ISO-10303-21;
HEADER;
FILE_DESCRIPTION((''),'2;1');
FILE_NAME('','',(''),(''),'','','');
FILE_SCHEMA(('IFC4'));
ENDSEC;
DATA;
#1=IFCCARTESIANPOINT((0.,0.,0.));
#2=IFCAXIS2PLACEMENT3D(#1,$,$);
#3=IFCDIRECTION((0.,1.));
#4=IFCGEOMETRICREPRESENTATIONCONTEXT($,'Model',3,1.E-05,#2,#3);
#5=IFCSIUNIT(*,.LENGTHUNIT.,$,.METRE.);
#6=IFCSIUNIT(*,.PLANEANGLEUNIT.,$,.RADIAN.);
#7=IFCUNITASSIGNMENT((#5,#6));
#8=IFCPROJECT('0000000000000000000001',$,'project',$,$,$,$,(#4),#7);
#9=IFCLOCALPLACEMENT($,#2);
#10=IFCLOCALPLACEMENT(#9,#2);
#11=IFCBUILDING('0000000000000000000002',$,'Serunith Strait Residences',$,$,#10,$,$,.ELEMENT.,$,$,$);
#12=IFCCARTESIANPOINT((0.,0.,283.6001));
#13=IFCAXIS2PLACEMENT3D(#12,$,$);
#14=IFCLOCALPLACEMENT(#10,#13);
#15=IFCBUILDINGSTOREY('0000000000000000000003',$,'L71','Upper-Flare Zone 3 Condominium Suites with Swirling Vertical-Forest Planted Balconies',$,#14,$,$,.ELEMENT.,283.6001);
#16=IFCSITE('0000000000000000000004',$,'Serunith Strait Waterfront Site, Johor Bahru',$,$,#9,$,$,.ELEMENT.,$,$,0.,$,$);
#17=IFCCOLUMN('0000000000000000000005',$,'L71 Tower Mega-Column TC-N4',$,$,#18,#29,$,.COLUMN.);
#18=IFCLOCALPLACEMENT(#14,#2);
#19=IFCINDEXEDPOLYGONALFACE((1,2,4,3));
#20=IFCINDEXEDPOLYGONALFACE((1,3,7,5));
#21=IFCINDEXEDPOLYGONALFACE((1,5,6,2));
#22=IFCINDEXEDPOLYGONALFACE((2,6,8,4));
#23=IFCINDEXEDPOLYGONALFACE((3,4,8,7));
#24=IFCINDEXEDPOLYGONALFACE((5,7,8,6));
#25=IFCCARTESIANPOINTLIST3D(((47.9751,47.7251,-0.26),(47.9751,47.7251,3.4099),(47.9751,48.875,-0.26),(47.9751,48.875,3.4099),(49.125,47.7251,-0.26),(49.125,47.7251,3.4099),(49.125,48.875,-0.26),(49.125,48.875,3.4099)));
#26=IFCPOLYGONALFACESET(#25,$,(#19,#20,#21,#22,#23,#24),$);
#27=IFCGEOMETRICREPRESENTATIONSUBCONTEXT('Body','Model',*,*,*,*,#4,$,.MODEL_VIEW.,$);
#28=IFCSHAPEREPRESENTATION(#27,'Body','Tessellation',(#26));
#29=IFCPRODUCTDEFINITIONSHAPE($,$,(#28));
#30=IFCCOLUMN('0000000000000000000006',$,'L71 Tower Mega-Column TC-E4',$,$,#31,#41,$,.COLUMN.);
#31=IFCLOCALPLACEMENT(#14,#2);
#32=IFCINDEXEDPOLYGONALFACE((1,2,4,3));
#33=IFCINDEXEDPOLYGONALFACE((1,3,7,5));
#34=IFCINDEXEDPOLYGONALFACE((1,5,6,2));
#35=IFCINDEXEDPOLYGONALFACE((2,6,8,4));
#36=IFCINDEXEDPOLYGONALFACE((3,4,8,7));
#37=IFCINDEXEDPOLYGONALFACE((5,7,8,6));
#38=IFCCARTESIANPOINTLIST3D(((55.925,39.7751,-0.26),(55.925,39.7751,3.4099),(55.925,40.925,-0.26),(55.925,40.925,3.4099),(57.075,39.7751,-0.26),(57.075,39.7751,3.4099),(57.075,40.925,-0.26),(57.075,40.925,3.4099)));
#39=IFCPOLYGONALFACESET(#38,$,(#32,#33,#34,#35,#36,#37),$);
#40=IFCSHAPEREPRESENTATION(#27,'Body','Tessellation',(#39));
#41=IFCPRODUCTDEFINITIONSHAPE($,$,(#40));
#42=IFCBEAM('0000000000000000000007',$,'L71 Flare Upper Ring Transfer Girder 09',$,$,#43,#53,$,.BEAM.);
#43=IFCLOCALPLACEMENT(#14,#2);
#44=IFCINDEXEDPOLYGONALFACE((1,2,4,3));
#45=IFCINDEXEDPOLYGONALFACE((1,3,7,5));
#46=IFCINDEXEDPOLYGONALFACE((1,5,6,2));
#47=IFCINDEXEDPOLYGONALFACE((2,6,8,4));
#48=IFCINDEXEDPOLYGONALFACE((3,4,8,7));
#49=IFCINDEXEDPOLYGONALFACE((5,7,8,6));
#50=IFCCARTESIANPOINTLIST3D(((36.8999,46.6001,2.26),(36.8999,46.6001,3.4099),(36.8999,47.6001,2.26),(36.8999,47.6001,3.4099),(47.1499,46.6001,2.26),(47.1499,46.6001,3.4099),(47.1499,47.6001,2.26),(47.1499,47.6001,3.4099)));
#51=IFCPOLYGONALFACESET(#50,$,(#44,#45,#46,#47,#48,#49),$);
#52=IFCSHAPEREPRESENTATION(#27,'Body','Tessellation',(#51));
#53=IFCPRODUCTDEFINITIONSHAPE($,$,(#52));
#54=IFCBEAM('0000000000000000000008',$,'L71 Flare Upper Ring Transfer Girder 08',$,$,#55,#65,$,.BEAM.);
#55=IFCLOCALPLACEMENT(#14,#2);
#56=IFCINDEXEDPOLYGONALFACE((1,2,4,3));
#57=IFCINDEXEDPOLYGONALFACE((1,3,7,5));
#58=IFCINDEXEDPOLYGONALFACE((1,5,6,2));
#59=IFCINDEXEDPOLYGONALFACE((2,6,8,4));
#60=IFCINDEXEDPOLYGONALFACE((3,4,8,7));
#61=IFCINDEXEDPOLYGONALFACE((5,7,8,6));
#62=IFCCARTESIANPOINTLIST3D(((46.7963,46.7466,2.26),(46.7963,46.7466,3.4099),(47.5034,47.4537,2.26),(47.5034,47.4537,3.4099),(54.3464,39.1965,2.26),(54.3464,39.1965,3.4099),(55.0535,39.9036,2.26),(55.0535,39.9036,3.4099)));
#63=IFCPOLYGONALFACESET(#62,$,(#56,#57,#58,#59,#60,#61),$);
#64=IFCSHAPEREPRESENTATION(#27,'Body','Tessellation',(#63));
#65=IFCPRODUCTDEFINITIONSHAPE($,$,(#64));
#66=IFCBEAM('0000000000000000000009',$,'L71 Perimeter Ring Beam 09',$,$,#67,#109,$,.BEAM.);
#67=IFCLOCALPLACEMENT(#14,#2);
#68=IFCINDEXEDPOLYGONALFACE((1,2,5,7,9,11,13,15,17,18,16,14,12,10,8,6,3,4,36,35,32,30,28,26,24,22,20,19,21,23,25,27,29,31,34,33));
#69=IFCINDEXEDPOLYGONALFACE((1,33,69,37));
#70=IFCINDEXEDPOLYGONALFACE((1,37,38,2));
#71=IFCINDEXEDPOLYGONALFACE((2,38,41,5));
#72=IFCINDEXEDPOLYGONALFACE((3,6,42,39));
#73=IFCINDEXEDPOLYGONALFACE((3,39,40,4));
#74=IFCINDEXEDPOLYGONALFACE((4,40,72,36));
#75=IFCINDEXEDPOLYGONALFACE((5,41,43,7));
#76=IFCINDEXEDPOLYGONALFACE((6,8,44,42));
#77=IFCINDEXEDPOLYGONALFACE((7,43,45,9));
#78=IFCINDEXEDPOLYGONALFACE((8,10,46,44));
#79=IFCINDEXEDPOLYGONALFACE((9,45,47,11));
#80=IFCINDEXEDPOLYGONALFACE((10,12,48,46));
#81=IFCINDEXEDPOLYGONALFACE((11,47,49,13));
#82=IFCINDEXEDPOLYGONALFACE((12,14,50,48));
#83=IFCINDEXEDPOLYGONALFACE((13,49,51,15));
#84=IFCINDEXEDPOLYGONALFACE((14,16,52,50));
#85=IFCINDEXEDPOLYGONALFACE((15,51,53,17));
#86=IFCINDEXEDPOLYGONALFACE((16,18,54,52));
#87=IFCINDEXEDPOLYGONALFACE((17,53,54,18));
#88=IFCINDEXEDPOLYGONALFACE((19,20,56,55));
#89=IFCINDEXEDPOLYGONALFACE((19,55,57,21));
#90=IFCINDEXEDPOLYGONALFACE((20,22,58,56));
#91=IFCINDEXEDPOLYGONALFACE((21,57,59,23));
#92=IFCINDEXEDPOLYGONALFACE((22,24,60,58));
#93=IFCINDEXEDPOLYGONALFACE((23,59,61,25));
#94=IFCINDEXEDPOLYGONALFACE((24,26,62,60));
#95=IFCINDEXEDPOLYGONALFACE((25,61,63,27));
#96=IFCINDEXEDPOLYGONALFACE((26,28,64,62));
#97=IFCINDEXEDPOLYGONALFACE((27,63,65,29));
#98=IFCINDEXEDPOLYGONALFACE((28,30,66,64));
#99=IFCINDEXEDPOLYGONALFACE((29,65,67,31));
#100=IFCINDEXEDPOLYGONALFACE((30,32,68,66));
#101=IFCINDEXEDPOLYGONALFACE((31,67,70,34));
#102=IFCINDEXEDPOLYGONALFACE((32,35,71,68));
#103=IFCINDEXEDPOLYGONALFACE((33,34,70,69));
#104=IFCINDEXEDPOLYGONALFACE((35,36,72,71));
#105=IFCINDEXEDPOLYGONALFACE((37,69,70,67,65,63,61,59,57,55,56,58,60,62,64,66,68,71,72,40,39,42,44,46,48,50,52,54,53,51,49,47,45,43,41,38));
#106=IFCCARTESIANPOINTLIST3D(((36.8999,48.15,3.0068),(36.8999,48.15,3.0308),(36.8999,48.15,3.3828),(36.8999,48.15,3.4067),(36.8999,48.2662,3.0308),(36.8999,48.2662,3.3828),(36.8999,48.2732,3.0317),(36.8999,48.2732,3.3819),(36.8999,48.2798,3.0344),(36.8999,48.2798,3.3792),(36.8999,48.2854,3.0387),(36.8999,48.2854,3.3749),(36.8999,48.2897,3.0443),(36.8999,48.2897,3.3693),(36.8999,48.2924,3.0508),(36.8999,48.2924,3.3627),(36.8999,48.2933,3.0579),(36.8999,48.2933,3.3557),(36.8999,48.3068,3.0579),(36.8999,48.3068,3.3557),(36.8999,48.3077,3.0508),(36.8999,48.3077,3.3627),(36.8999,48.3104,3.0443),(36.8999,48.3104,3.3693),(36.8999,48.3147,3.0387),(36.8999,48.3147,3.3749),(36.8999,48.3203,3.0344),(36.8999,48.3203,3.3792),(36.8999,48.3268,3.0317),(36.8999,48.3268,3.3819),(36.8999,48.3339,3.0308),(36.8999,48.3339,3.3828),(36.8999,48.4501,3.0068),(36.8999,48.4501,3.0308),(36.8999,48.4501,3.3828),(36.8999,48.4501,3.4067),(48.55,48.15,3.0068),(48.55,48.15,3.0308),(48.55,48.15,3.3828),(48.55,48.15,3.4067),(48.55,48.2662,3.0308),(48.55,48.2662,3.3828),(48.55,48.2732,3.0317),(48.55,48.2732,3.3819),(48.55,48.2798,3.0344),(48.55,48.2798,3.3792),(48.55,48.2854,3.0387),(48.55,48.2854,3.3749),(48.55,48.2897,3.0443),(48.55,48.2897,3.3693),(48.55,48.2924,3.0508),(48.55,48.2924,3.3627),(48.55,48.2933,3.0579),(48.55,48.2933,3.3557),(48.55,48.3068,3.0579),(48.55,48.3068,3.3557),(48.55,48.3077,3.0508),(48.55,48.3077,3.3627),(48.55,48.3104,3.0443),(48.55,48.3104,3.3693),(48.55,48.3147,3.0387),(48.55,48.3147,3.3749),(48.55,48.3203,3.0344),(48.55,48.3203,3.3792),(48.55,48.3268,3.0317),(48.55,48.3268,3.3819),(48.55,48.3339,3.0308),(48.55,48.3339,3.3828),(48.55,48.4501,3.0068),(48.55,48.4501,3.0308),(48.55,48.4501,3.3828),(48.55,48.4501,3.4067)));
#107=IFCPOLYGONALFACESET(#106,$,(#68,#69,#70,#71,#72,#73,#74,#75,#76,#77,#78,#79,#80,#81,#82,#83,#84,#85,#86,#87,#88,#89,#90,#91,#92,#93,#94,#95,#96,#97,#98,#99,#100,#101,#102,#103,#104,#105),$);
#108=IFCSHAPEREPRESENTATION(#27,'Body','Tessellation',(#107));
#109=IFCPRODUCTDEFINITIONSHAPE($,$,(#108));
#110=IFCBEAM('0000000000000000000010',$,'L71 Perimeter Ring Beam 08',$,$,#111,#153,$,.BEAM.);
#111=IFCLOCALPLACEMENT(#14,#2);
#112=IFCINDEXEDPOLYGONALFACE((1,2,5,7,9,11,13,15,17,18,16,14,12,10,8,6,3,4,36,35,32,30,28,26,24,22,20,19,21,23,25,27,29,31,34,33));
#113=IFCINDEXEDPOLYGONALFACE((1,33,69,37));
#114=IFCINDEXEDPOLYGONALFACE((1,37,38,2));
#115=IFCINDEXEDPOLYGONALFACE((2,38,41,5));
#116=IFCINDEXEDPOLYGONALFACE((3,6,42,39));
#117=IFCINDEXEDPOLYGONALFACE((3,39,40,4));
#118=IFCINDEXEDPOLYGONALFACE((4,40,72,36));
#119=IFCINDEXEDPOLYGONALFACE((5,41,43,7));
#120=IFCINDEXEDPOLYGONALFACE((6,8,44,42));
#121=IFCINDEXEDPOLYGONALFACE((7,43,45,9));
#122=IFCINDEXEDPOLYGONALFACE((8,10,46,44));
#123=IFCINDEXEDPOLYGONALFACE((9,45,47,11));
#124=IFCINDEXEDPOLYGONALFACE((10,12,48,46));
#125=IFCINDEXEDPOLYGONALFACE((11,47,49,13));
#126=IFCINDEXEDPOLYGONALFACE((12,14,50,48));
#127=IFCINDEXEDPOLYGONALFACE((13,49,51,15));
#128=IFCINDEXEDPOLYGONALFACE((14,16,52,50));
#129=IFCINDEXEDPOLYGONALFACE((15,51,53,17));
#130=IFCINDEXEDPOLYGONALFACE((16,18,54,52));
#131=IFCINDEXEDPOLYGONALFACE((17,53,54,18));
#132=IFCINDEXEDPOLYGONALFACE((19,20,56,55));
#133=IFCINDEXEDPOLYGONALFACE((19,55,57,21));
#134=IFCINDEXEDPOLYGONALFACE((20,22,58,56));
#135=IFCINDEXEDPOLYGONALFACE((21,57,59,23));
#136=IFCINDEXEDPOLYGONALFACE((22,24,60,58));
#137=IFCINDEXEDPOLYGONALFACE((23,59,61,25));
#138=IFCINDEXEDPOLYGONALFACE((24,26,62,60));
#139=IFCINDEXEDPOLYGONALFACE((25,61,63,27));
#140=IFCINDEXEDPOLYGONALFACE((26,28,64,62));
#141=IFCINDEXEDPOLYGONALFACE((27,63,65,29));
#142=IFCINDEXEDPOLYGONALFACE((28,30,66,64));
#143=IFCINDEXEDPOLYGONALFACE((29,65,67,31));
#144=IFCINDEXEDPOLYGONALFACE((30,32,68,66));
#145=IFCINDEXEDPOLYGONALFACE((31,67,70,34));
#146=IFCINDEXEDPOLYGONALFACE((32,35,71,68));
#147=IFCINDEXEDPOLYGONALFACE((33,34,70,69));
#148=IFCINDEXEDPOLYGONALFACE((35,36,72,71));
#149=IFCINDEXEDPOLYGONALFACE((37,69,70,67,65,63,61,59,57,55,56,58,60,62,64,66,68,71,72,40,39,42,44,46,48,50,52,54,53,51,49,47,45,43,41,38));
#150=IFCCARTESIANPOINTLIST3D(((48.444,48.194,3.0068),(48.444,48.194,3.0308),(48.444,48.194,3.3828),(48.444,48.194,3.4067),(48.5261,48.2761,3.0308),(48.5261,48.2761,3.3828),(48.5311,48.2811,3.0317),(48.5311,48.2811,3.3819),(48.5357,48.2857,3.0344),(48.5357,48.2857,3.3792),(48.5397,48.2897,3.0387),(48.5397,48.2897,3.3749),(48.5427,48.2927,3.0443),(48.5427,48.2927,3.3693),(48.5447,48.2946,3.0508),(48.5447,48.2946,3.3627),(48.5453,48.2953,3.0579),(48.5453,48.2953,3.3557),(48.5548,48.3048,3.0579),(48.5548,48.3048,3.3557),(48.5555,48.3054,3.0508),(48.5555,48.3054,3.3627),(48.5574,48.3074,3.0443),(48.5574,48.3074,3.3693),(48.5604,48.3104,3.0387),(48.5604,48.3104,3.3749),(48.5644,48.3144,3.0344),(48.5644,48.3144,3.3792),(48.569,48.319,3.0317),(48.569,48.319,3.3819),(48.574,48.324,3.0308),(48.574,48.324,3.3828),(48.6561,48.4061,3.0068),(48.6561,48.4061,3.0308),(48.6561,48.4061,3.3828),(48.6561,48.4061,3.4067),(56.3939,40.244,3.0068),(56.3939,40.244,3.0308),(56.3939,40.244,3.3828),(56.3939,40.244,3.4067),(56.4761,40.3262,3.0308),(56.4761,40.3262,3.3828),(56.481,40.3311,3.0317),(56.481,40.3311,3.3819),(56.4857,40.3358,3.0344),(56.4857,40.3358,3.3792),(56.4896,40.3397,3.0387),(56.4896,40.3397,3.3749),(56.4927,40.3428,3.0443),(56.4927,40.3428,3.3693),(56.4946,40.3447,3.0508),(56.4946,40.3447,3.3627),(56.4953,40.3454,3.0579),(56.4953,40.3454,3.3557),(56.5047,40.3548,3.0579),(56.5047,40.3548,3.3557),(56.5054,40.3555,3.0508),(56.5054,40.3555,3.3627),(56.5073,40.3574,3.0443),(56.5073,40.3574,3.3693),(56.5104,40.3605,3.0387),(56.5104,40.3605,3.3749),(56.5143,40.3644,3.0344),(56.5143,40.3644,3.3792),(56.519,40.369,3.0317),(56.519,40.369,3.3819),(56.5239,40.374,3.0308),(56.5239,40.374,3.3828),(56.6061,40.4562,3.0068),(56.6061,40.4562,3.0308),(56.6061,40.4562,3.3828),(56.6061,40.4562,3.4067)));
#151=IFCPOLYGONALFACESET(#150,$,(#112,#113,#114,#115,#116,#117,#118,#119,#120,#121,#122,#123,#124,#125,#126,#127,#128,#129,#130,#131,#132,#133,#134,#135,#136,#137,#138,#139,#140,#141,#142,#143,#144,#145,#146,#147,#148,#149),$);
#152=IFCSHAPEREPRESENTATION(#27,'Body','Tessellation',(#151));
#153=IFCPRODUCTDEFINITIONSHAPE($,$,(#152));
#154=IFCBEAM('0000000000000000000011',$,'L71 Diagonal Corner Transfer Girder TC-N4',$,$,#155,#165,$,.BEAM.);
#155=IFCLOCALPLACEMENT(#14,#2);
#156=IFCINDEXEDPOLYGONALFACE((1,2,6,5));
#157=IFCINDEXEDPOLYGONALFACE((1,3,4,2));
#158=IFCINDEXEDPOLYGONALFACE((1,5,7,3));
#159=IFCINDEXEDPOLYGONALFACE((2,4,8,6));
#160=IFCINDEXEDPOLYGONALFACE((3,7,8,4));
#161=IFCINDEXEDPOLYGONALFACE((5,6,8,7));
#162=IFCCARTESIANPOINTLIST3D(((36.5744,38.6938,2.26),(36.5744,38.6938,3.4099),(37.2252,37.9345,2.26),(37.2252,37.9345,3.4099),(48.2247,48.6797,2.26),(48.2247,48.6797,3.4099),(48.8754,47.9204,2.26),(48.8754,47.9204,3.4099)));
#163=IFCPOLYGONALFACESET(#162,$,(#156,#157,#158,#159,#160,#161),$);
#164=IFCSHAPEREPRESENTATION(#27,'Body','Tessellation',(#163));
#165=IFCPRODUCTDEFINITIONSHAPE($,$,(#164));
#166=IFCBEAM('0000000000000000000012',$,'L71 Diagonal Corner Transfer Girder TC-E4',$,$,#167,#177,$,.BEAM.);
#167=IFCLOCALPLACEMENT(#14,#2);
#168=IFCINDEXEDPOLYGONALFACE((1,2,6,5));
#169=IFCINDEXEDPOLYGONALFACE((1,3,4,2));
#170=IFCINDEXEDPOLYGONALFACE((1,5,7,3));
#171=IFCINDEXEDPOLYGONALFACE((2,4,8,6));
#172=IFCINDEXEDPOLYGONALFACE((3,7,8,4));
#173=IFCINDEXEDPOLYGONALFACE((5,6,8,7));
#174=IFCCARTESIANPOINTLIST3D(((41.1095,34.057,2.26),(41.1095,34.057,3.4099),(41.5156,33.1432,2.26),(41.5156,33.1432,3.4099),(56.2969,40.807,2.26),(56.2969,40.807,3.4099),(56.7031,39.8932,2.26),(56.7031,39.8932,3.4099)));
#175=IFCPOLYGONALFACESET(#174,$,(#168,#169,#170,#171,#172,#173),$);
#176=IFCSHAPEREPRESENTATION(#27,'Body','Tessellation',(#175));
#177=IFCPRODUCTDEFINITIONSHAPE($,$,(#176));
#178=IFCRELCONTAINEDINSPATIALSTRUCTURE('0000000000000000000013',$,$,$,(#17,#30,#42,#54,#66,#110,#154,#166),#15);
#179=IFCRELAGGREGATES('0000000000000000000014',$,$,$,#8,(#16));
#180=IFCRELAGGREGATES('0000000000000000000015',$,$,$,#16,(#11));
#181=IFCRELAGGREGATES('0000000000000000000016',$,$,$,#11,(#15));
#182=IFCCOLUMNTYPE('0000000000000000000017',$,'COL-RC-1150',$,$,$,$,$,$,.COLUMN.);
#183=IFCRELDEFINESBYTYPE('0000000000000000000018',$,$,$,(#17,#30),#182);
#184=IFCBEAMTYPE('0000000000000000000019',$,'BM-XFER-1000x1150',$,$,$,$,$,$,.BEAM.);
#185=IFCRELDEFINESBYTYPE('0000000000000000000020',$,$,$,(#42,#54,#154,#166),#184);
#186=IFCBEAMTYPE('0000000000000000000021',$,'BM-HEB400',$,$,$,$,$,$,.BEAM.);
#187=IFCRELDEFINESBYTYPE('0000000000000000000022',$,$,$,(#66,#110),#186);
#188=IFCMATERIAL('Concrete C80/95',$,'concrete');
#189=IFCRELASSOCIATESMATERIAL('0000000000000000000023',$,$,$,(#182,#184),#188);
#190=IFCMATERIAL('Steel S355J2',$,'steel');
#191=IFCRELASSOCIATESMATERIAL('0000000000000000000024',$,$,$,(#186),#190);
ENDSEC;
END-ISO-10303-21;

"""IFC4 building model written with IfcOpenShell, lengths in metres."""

from ifc_helpers import new_model, si_unit, direction, frame, origin, origin_2d, place, context, subcontext, project, spatial, rectangle, i_section, extrude, source, transform, mapped, material, material_profile, profile_set, type_object, element, save


model = new_model("IFC4")

# Units and contexts
model_context = context("Model", 3, precision=1e-05, world=origin(), true_north=direction((0.0, 1.0)))
body_context = subcontext(model_context, "Body", "Model", "MODEL_VIEW")
ifc_project = project(units=[si_unit("LENGTHUNIT", "METRE"), si_unit("PLANEANGLEUNIT", "RADIAN")], contexts=[model_context])

# Site, building, storey
site_placement = place(None, origin())
site = spatial("IfcSite", under=ifc_project, at=site_placement, Name="Serunith Strait Waterfront Site, Johor Bahru", CompositionType="ELEMENT", RefElevation=0.0)
building_placement = place(site_placement, origin())
building = spatial("IfcBuilding", under=site, at=building_placement, Name="Serunith Strait Residences", CompositionType="ELEMENT")
storey_placement = place(building_placement, frame((0.0, 0.0, 283.6001)))
storey = spatial("IfcBuildingStorey", under=building, at=storey_placement, Name="L71", Description="Upper-Flare Zone 3 Condominium Suites with Swirling Vertical-Forest Planted Balconies", CompositionType="ELEMENT", Elevation=283.6001)

# Columns
ifc_material_1 = material(Name="Concrete C80/95", Category="concrete")
ifc_material_profile_1 = material_profile(ifc_material_1, rectangle(XDim=1.1499, YDim=1.1499, at=origin_2d()), Name="RC 1150x1150")
ifc_profile_set_1 = profile_set([ifc_material_profile_1], Name="Concrete C80/95")
column_type = type_object("IfcColumnType", Name="COL-RC-1150", PredefinedType="COLUMN", material=ifc_profile_set_1)
shared_shape_1 = source(origin(), body_context, "Body", "SweptSolid", [
    extrude(rectangle(XDim=1.1499, YDim=1.1499, at=origin_2d()), origin(), (0.0, 0.0, 1.0), 3.6699),
])
for number, where, z_axis, x_axis, name in (
    (1, (48.55, 48.3, -0.26), (0.0, 0.0, 1.0), (1.0, 0.0, 0.0), "L71 Tower Mega-Column TC-N4"),
    (2, (56.5, 40.3501, -0.26), (0.0, 0.0, 1.0), (1.0, 0.0, 0.0), "L71 Tower Mega-Column TC-E4"),
):
    element("IfcColumn", number, at=place(storey_placement, frame(where, z_axis=z_axis, x_axis=x_axis)), inside=storey, type_object=column_type, Name=name, PredefinedType="COLUMN", context=body_context, shape_type="MappedRepresentation", body=[
        mapped(shared_shape_1, transform((0.0, 0.0, 0.0), scale=1.0)),
    ])

# Beams
ifc_material_profile_2 = material_profile(ifc_material_1, rectangle(XDim=1.0, YDim=1.1499, at=origin_2d()), Name="RC 1000x1150")
ifc_profile_set_2 = profile_set([ifc_material_profile_2], Name="Concrete C80/95")
beam_type_1 = type_object("IfcBeamType", Name="BM-XFER-1000x1150", PredefinedType="BEAM", material=ifc_profile_set_2)
shared_shape_2 = source(origin(), body_context, "Body", "SweptSolid", [
    extrude(rectangle(XDim=1.0, YDim=1.1499, at=origin_2d()), origin(), (0.0, 0.0, 1.0), 10.25),
])
beam_1_placement = place(storey_placement, frame((47.1499, 47.1001, 2.835), z_axis=(-1.0, 0.0, 0.0), x_axis=(0.0, -1.0, 0.0)))
element("IfcBeam", 3, at=beam_1_placement, inside=storey, type_object=beam_type_1, Name="L71 Flare Upper Ring Transfer Girder 09", PredefinedType="BEAM", context=body_context, shape_type="MappedRepresentation", body=[
    mapped(shared_shape_2, transform((0.0, 0.0, 0.0), scale=1.0)),
])
shared_shape_3 = source(origin(), body_context, "Body", "SweptSolid", [
    extrude(rectangle(XDim=1.0, YDim=1.1499, at=origin_2d()), origin(), (0.0, 0.0, 1.0), 10.6775),
])
beam_2_placement = place(storey_placement, frame((54.7, 39.55, 2.835), z_axis=(-0.707107, 0.707107, 0.0), x_axis=(-0.707107, -0.707107, 0.0)))
element("IfcBeam", 4, at=beam_2_placement, inside=storey, type_object=beam_type_1, Name="L71 Flare Upper Ring Transfer Girder 08", PredefinedType="BEAM", context=body_context, shape_type="MappedRepresentation", body=[
    mapped(shared_shape_3, transform((0.0, 0.0, 0.0), scale=1.0)),
])
ifc_material_2 = material(Name="Steel S355J2", Category="steel")
ifc_material_profile_3 = material_profile(ifc_material_2, i_section(OverallWidth=0.3, OverallDepth=0.3999, WebThickness=0.0134, FlangeThickness=0.0239, FilletRadius=0.0271, at=origin_2d()), Name="HEB 400")
ifc_profile_set_3 = profile_set([ifc_material_profile_3], Name="Steel S355J2")
beam_type_2 = type_object("IfcBeamType", Name="BM-HEB400", PredefinedType="BEAM", material=ifc_profile_set_3)
shared_shape_4 = source(origin(), body_context, "Body", "SweptSolid", [
    extrude(i_section(OverallWidth=0.3, OverallDepth=0.3999, WebThickness=0.0134, FlangeThickness=0.0239, FilletRadius=0.0271, at=origin_2d()), origin(), (0.0, 0.0, 1.0), 11.6501),
])
beam_3_placement = place(storey_placement, frame((48.55, 48.3, 3.2068), z_axis=(-1.0, 0.0, 0.0), x_axis=(0.0, -1.0, 0.0)))
element("IfcBeam", 5, at=beam_3_placement, inside=storey, type_object=beam_type_2, Name="L71 Perimeter Ring Beam 09", PredefinedType="BEAM", context=body_context, shape_type="MappedRepresentation", body=[
    mapped(shared_shape_4, transform((0.0, 0.0, 0.0), scale=1.0)),
])
shared_shape_5 = source(origin(), body_context, "Body", "SweptSolid", [
    extrude(i_section(OverallWidth=0.3, OverallDepth=0.3999, WebThickness=0.0134, FlangeThickness=0.0239, FilletRadius=0.0271, at=origin_2d()), origin(), (0.0, 0.0, 1.0), 11.2429),
])
beam_4_placement = place(storey_placement, frame((56.5, 40.3501, 3.2068), z_axis=(-0.707107, 0.707107, 0.0), x_axis=(-0.707107, -0.707107, 0.0)))
element("IfcBeam", 6, at=beam_4_placement, inside=storey, type_object=beam_type_2, Name="L71 Perimeter Ring Beam 08", PredefinedType="BEAM", context=body_context, shape_type="MappedRepresentation", body=[
    mapped(shared_shape_5, transform((0.0, 0.0, 0.0), scale=1.0)),
])
shared_shape_6 = source(origin(), body_context, "Body", "SweptSolid", [
    extrude(rectangle(XDim=1.0, YDim=1.1499, at=origin_2d()), origin(), (0.0, 0.0, 1.0), 15.3442),
])
beam_5_placement = place(storey_placement, frame((48.55, 48.3, 2.835), z_axis=(-0.759257, -0.650791, 0.0), x_axis=(0.650791, -0.759257, 0.0)))
element("IfcBeam", 7, at=beam_5_placement, inside=storey, type_object=beam_type_1, Name="L71 Diagonal Corner Transfer Girder TC-N4", PredefinedType="BEAM", context=body_context, shape_type="MappedRepresentation", body=[
    mapped(shared_shape_6, transform((0.0, 0.0, 0.0), scale=1.0)),
])
shared_shape_7 = source(origin(), body_context, "Body", "SweptSolid", [
    extrude(rectangle(XDim=1.0, YDim=1.1499, at=origin_2d()), origin(), (0.0, 0.0, 1.0), 16.6199),
])
beam_6_placement = place(storey_placement, frame((56.5, 40.3501, 2.835), z_axis=(-0.913812, -0.406138, 0.0), x_axis=(0.406138, -0.913812, 0.0)))
element("IfcBeam", 8, at=beam_6_placement, inside=storey, type_object=beam_type_1, Name="L71 Diagonal Corner Transfer Girder TC-E4", PredefinedType="BEAM", context=body_context, shape_type="MappedRepresentation", body=[
    mapped(shared_shape_7, transform((0.0, 0.0, 0.0), scale=1.0)),
])

save(model, "model.ifc")
